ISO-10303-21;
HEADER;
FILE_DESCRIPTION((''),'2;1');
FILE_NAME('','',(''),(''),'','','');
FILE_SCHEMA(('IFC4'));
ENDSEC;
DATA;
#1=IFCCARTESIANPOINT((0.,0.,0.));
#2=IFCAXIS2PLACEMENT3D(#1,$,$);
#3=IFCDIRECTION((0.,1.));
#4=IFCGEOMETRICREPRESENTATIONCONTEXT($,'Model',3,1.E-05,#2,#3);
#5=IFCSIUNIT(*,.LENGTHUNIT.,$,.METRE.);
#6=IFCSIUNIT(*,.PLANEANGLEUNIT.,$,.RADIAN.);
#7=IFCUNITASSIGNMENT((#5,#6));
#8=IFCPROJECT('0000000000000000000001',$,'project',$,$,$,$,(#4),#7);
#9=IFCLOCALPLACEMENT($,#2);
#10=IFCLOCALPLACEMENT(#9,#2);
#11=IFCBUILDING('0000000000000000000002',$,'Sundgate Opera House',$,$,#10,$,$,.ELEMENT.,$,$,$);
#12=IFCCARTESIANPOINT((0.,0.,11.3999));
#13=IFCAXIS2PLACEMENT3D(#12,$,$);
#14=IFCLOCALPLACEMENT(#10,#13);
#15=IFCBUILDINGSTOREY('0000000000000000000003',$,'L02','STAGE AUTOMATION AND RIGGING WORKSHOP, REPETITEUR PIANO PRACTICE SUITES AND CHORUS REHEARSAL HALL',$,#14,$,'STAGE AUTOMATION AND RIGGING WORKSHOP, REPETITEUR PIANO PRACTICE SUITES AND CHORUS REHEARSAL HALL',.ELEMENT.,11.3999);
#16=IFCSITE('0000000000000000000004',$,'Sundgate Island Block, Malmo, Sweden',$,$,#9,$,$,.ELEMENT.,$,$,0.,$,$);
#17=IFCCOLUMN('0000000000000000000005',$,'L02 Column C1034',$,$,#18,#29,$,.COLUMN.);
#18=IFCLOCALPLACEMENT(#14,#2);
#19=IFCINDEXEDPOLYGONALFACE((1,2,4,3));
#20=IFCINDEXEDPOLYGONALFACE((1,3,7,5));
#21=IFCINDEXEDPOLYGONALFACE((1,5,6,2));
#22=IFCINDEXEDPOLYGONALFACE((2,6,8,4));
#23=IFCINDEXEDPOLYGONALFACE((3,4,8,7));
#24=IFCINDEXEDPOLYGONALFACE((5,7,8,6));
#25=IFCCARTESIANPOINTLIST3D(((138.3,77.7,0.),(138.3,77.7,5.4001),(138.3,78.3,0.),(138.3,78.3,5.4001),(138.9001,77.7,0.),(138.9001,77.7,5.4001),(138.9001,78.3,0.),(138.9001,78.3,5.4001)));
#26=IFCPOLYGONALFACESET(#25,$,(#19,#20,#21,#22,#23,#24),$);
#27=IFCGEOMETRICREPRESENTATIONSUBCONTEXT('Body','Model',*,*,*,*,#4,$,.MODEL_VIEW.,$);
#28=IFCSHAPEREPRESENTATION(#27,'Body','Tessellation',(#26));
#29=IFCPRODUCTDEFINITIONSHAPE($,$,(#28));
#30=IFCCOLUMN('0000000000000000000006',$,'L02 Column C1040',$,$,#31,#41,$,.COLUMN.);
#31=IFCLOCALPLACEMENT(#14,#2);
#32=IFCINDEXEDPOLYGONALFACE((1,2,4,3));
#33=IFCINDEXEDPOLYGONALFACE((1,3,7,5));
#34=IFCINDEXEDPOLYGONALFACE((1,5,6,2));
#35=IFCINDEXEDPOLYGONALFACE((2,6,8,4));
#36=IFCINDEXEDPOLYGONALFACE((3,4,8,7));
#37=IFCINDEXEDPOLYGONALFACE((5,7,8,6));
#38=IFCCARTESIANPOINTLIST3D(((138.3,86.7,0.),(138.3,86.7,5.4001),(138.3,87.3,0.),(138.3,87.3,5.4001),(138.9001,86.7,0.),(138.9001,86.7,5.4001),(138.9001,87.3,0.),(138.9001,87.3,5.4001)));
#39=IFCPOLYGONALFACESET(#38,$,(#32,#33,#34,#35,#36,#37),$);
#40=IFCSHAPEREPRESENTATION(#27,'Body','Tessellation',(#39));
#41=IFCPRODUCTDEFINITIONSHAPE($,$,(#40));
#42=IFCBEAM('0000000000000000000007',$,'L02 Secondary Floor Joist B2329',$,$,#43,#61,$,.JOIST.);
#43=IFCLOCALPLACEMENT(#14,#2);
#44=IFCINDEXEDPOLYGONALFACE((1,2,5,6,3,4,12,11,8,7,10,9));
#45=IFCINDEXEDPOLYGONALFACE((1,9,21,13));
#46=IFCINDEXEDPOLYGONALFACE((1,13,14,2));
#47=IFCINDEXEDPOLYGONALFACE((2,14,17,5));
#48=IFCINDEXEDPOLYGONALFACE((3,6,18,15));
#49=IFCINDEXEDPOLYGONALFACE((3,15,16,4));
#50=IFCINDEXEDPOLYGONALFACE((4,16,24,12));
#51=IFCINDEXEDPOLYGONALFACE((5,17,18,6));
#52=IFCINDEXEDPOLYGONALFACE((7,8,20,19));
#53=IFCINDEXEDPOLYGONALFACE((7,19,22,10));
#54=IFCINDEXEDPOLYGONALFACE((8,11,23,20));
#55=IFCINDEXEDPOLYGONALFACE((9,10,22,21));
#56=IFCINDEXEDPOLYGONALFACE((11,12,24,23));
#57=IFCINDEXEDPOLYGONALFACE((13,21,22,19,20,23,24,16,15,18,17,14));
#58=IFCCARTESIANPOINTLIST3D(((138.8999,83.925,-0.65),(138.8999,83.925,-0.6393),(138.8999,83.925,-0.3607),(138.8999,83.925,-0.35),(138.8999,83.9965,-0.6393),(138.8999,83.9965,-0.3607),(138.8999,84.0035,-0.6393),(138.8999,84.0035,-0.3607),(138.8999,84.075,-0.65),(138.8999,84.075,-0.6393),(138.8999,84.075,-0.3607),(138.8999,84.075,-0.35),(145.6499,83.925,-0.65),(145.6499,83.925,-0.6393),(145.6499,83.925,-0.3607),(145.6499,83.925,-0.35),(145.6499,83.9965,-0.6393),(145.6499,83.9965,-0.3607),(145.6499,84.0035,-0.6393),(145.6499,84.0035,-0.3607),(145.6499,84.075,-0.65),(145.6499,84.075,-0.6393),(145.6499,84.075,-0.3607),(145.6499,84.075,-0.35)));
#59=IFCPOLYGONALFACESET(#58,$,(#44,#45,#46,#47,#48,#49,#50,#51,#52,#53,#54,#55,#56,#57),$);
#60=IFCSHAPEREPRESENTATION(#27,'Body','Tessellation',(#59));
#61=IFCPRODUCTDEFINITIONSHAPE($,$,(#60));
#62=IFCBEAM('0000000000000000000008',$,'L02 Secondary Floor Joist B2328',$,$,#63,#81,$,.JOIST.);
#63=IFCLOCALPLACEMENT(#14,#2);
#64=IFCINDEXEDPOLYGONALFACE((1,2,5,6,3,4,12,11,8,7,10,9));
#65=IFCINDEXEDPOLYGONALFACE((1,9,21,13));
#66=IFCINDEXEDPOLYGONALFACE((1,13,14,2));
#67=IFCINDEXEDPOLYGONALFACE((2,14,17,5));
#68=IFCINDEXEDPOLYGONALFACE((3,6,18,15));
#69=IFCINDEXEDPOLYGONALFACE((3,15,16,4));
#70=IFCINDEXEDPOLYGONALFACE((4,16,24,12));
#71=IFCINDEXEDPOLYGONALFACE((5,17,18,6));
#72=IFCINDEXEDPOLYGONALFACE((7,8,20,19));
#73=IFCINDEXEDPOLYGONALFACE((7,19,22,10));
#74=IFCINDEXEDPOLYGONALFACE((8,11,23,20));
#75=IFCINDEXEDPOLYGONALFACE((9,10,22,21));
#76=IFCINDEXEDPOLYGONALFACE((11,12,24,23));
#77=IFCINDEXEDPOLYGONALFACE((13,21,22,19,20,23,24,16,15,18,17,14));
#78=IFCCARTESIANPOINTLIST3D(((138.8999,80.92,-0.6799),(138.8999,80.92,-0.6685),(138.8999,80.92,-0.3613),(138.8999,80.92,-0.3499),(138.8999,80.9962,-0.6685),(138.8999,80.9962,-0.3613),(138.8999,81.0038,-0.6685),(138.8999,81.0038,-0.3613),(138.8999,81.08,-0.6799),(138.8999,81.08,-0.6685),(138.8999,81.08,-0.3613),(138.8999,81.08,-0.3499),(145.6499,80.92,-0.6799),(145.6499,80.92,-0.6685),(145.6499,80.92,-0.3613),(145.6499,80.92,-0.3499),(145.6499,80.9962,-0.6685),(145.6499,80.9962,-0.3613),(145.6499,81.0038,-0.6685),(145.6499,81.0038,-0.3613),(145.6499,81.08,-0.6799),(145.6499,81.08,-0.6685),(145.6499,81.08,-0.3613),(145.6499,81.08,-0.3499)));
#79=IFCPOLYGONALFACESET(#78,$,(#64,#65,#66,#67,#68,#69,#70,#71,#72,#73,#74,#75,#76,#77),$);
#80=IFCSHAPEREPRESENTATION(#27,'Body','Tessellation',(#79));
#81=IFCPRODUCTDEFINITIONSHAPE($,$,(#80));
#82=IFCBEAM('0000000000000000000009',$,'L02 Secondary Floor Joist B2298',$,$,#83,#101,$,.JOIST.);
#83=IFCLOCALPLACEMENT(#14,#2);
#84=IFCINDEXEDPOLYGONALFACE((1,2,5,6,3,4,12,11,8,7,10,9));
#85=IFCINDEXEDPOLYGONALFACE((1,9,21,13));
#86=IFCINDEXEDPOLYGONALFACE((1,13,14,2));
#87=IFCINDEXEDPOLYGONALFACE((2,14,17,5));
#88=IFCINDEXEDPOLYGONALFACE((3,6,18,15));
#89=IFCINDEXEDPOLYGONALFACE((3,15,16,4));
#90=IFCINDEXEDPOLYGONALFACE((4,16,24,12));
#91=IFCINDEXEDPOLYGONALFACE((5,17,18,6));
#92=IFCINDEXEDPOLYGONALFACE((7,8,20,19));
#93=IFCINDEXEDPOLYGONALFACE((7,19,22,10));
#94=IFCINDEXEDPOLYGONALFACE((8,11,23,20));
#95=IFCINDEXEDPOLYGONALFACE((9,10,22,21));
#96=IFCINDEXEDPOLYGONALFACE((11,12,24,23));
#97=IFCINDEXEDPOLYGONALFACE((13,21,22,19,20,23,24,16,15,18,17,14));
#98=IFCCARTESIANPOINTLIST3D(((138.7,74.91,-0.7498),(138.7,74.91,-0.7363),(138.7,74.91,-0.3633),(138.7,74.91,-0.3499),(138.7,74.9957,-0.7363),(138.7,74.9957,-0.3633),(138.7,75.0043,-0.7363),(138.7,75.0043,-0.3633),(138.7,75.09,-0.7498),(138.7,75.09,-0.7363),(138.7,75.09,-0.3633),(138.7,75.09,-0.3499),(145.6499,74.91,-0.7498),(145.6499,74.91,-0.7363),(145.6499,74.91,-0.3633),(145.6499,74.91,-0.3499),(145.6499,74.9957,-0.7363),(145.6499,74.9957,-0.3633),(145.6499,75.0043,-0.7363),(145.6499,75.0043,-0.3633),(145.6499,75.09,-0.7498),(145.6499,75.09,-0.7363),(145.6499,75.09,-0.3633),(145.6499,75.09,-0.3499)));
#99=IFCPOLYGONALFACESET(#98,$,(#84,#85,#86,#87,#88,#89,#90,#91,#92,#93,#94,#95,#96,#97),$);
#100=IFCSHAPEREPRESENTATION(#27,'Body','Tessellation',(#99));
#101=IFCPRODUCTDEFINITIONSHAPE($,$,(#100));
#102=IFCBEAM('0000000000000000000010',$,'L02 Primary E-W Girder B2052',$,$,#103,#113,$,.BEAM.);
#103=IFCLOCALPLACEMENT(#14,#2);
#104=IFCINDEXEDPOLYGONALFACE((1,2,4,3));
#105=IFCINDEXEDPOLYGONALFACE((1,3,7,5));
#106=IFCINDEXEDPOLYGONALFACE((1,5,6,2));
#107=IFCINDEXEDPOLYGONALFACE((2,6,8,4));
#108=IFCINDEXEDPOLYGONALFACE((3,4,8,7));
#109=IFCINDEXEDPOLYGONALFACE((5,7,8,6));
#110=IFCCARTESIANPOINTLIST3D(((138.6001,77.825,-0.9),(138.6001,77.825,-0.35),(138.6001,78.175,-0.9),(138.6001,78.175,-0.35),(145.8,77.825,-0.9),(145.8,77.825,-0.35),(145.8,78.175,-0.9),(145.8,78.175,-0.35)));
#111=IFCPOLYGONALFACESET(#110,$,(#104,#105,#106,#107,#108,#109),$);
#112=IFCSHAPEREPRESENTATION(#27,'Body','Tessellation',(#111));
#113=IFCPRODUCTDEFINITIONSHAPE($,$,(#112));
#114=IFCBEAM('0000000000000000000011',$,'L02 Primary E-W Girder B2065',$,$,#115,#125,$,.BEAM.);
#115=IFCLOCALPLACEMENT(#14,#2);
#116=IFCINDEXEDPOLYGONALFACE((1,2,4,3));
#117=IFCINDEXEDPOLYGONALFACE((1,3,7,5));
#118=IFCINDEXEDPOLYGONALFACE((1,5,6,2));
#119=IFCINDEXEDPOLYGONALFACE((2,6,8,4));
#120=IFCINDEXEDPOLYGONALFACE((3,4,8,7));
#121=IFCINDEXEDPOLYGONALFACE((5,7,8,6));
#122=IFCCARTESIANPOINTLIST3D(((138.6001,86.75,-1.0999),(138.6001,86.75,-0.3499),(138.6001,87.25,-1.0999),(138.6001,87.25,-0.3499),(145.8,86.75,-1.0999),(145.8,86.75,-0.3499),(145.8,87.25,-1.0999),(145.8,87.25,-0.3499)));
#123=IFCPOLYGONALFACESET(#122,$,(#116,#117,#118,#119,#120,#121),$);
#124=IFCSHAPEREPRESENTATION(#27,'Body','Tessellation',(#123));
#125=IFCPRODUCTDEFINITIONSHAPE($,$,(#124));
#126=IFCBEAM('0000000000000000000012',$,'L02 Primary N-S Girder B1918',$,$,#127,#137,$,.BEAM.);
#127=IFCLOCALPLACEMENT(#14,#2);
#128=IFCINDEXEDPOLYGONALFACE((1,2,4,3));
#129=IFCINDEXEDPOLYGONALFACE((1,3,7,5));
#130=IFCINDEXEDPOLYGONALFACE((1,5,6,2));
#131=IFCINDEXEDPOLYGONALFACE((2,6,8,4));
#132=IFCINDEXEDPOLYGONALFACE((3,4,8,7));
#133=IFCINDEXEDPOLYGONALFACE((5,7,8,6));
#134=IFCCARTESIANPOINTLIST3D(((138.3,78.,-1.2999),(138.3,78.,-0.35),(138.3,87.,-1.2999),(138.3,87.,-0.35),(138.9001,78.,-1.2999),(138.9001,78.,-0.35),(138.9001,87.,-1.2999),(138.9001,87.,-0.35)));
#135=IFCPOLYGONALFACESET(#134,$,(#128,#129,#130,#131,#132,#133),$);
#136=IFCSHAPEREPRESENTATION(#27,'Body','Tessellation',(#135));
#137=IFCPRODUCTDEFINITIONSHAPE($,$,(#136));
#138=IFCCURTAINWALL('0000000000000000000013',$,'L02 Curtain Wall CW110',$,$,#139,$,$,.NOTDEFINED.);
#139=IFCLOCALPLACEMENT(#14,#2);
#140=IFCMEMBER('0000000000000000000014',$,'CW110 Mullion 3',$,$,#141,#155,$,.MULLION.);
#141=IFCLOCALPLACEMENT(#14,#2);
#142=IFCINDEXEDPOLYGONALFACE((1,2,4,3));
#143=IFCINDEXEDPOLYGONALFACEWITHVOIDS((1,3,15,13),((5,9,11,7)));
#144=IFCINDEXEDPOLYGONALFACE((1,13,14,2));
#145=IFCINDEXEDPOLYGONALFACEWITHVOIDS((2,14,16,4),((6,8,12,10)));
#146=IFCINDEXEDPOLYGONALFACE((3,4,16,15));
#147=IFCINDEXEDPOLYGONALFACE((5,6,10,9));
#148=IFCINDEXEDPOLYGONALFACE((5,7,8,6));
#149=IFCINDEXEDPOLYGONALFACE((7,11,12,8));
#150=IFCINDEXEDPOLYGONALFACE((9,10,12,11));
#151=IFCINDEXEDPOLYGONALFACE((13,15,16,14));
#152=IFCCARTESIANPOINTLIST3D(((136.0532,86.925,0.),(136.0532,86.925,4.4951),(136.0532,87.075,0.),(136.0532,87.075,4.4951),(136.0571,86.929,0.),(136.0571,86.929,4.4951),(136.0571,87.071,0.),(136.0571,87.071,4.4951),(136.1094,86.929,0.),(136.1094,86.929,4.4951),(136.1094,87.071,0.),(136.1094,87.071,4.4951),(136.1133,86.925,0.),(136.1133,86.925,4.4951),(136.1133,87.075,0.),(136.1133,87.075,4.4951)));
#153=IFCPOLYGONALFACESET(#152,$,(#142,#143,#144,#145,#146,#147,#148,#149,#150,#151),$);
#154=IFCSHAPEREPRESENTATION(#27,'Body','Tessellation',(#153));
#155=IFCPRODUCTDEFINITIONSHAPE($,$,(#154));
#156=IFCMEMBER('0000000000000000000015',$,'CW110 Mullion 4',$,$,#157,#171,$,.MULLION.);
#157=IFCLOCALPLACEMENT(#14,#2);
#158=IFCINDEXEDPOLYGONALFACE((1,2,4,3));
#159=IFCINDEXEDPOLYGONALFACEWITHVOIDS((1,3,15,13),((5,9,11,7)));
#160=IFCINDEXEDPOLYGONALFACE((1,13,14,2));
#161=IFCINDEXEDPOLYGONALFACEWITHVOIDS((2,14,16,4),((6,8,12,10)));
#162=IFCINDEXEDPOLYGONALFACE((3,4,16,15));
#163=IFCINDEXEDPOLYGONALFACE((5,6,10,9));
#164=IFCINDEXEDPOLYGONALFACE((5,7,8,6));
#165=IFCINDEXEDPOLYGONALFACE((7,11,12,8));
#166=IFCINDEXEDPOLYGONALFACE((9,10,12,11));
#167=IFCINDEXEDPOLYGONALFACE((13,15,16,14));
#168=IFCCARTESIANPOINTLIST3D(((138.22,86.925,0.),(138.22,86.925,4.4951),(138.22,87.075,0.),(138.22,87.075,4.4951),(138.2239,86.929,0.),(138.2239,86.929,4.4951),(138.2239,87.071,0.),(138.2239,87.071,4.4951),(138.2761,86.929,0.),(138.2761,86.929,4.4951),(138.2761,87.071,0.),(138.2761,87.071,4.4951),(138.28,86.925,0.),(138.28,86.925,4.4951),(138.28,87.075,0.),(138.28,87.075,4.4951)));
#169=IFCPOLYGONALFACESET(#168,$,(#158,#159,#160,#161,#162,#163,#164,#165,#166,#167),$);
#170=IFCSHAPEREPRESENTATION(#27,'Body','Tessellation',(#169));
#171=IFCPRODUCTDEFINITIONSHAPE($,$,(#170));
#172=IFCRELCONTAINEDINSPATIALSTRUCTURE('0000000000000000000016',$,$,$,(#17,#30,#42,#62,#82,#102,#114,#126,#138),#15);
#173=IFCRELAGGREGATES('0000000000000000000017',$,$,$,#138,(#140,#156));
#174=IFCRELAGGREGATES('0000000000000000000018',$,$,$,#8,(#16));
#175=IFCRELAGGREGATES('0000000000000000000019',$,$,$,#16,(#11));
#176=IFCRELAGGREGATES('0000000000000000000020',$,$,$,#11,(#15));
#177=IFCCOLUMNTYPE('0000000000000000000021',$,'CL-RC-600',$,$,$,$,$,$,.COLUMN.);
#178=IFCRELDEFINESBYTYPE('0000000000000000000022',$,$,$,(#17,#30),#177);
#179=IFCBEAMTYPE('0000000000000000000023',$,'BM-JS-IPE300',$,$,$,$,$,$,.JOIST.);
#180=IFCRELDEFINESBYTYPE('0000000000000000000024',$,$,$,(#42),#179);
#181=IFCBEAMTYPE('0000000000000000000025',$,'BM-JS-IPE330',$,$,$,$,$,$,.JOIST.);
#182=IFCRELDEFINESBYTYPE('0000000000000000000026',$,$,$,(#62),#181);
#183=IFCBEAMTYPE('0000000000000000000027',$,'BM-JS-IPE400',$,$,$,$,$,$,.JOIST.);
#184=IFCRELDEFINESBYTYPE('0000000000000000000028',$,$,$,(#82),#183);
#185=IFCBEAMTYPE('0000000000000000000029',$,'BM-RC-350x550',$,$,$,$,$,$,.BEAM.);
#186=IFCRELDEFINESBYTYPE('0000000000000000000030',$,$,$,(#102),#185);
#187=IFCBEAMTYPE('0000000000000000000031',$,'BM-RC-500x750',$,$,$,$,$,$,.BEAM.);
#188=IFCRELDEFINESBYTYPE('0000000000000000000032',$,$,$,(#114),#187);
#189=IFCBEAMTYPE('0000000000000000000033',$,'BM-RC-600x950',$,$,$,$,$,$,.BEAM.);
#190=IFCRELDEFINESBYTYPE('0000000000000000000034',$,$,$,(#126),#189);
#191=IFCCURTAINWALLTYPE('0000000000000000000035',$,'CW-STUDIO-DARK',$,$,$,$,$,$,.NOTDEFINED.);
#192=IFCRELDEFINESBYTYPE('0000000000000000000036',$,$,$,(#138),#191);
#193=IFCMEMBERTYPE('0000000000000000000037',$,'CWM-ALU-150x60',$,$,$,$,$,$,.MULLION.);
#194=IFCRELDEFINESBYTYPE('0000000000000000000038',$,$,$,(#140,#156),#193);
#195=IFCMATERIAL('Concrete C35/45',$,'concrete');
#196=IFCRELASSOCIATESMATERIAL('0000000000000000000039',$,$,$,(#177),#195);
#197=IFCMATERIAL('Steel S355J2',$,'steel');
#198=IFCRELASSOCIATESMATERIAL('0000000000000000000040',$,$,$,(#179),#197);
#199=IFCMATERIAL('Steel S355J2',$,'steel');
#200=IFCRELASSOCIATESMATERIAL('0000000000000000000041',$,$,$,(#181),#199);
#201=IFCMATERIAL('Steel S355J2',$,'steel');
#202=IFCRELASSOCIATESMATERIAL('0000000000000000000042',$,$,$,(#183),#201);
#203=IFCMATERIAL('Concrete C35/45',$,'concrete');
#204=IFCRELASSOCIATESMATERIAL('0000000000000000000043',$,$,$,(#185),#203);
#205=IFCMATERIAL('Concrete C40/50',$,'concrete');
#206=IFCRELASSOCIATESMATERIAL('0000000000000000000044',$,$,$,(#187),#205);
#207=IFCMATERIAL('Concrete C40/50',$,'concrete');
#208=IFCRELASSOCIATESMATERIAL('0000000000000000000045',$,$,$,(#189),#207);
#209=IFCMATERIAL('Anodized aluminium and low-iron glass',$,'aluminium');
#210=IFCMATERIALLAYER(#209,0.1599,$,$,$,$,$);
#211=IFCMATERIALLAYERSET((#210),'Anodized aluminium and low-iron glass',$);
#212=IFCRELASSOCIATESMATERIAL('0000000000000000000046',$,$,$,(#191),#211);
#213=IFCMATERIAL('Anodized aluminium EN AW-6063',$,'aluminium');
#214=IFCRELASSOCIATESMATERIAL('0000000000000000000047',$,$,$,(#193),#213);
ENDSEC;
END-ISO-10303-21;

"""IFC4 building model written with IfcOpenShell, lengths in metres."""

from ifc_helpers import new_model, si_unit, direction, frame, origin, origin_2d, place, context, subcontext, project, spatial, rectangle, hollow_rectangle, i_section, extrude, material, layer, layer_set, material_profile, profile_set, type_object, element, aggregate, save


model = new_model("IFC4")

# Units and contexts
model_context = context("Model", 3, precision=1e-05, world=origin(), true_north=direction((0.0, 1.0)))
body_context = subcontext(model_context, "Body", "Model", "MODEL_VIEW")
ifc_project = project(units=[si_unit("LENGTHUNIT", "METRE"), si_unit("PLANEANGLEUNIT", "RADIAN")], contexts=[model_context])

# Site, building, storey
site_placement = place(None, origin())
site = spatial("IfcSite", under=ifc_project, at=site_placement, Name="Sundgate Island Block, Malmo, Sweden", CompositionType="ELEMENT", RefElevation=0.0)
building_placement = place(site_placement, origin())
building = spatial("IfcBuilding", under=site, at=building_placement, Name="Sundgate Opera House", CompositionType="ELEMENT")
storey_placement = place(building_placement, frame((0.0, 0.0, 11.3999)))
storey = spatial("IfcBuildingStorey", under=building, at=storey_placement, Name="L02", Description="STAGE AUTOMATION AND RIGGING WORKSHOP, REPETITEUR PIANO PRACTICE SUITES AND CHORUS REHEARSAL HALL", LongName="STAGE AUTOMATION AND RIGGING WORKSHOP, REPETITEUR PIANO PRACTICE SUITES AND CHORUS REHEARSAL HALL", CompositionType="ELEMENT", Elevation=11.3999)

# Columns
ifc_material_1 = material(Name="Concrete C35/45", Category="concrete")
ifc_material_profile_1 = material_profile(ifc_material_1, rectangle(XDim=0.6001, YDim=0.6001, at=origin_2d()), Name="RC 600x600")
ifc_profile_set_1 = profile_set([ifc_material_profile_1], Name="Concrete C35/45")
column_type = type_object("IfcColumnType", Name="CL-RC-600", PredefinedType="COLUMN", material=ifc_profile_set_1)
for number, where, z_axis, x_axis, name in (
    (1, (138.6001, 78.0, 0.0), (0.0, 0.0, 1.0), (1.0, 0.0, 0.0), "L02 Column C1034"),
    (2, (138.6001, 87.0, 0.0), (0.0, 0.0, 1.0), (1.0, 0.0, 0.0), "L02 Column C1040"),
):
    element("IfcColumn", number, at=place(storey_placement, frame(where, z_axis=z_axis, x_axis=x_axis)), inside=storey, type_object=column_type, Name=name, PredefinedType="COLUMN", context=body_context, shape_type="SweptSolid", body=[
        extrude(rectangle(XDim=0.6001, YDim=0.6001, at=origin_2d()), origin(), (0.0, 0.0, 1.0), 5.4001),
    ])

# Beams
ifc_material_2 = material(Name="Steel S355J2", Category="steel")
ifc_material_profile_2 = material_profile(ifc_material_2, i_section(OverallWidth=0.1499, OverallDepth=0.3, WebThickness=0.0071, FlangeThickness=0.0107, at=origin_2d()), Name="IPE 300")
ifc_profile_set_2 = profile_set([ifc_material_profile_2], Name="Steel S355J2")
beam_type_1 = type_object("IfcBeamType", Name="BM-JS-IPE300", PredefinedType="JOIST", material=ifc_profile_set_2)
beam_1_placement = place(storey_placement, frame((138.8999, 84.0, -0.5), z_axis=(1.0, 0.0, 0.0), x_axis=(0.0, 1.0, 0.0)))
element("IfcBeam", 3, at=beam_1_placement, inside=storey, type_object=beam_type_1, Name="L02 Secondary Floor Joist B2329", PredefinedType="JOIST", context=body_context, shape_type="SweptSolid", body=[
    extrude(i_section(OverallWidth=0.1499, OverallDepth=0.3, WebThickness=0.0071, FlangeThickness=0.0107, at=origin_2d()), origin(), (0.0, 0.0, 1.0), 6.75),
])
ifc_material_3 = material(Name="Steel S355J2", Category="steel")
ifc_material_profile_3 = material_profile(ifc_material_3, i_section(OverallWidth=0.1599, OverallDepth=0.3301, WebThickness=0.0076, FlangeThickness=0.0115, at=origin_2d()), Name="IPE 330")
ifc_profile_set_3 = profile_set([ifc_material_profile_3], Name="Steel S355J2")
beam_type_2 = type_object("IfcBeamType", Name="BM-JS-IPE330", PredefinedType="JOIST", material=ifc_profile_set_3)
beam_2_placement = place(storey_placement, frame((138.8999, 81.0, -0.5149), z_axis=(1.0, 0.0, 0.0), x_axis=(0.0, 1.0, 0.0)))
element("IfcBeam", 4, at=beam_2_placement, inside=storey, type_object=beam_type_2, Name="L02 Secondary Floor Joist B2328", PredefinedType="JOIST", context=body_context, shape_type="SweptSolid", body=[
    extrude(i_section(OverallWidth=0.1599, OverallDepth=0.3301, WebThickness=0.0076, FlangeThickness=0.0115, at=origin_2d()), origin(), (0.0, 0.0, 1.0), 6.75),
])
ifc_material_4 = material(Name="Steel S355J2", Category="steel")
ifc_material_profile_4 = material_profile(ifc_material_4, i_section(OverallWidth=0.1799, OverallDepth=0.3999, WebThickness=0.0085, FlangeThickness=0.0134, at=origin_2d()), Name="IPE 400")
ifc_profile_set_4 = profile_set([ifc_material_profile_4], Name="Steel S355J2")
beam_type_3 = type_object("IfcBeamType", Name="BM-JS-IPE400", PredefinedType="JOIST", material=ifc_profile_set_4)
beam_3_placement = place(storey_placement, frame((138.7, 75.0, -0.5498), z_axis=(1.0, 0.0, 0.0), x_axis=(0.0, 1.0, 0.0)))
element("IfcBeam", 5, at=beam_3_placement, inside=storey, type_object=beam_type_3, Name="L02 Secondary Floor Joist B2298", PredefinedType="JOIST", context=body_context, shape_type="SweptSolid", body=[
    extrude(i_section(OverallWidth=0.1799, OverallDepth=0.3999, WebThickness=0.0085, FlangeThickness=0.0134, at=origin_2d()), origin(), (0.0, 0.0, 1.0), 6.95),
])
ifc_material_5 = material(Name="Concrete C35/45", Category="concrete")
ifc_material_profile_5 = material_profile(ifc_material_5, rectangle(XDim=0.3501, YDim=0.55, at=origin_2d()), Name="RC 350x550")
ifc_profile_set_5 = profile_set([ifc_material_profile_5], Name="Concrete C35/45")
beam_type_4 = type_object("IfcBeamType", Name="BM-RC-350x550", PredefinedType="BEAM", material=ifc_profile_set_5)
beam_4_placement = place(storey_placement, frame((138.6001, 78.0, -0.625), z_axis=(1.0, 0.0, 0.0), x_axis=(0.0, 1.0, 0.0)))
element("IfcBeam", 6, at=beam_4_placement, inside=storey, type_object=beam_type_4, Name="L02 Primary E-W Girder B2052", PredefinedType="BEAM", context=body_context, shape_type="SweptSolid", body=[
    extrude(rectangle(XDim=0.3501, YDim=0.55, at=origin_2d()), origin(), (0.0, 0.0, 1.0), 7.2),
])
ifc_material_6 = material(Name="Concrete C40/50", Category="concrete")
ifc_material_profile_6 = material_profile(ifc_material_6, rectangle(XDim=0.5, YDim=0.75, at=origin_2d()), Name="RC 500x750")
ifc_profile_set_6 = profile_set([ifc_material_profile_6], Name="Concrete C40/50")
beam_type_5 = type_object("IfcBeamType", Name="BM-RC-500x750", PredefinedType="BEAM", material=ifc_profile_set_6)
beam_5_placement = place(storey_placement, frame((138.6001, 87.0, -0.7249), z_axis=(1.0, 0.0, 0.0), x_axis=(0.0, 1.0, 0.0)))
element("IfcBeam", 7, at=beam_5_placement, inside=storey, type_object=beam_type_5, Name="L02 Primary E-W Girder B2065", PredefinedType="BEAM", context=body_context, shape_type="SweptSolid", body=[
    extrude(rectangle(XDim=0.5, YDim=0.75, at=origin_2d()), origin(), (0.0, 0.0, 1.0), 7.2),
])
ifc_material_7 = material(Name="Concrete C40/50", Category="concrete")
ifc_material_profile_7 = material_profile(ifc_material_7, rectangle(XDim=0.6001, YDim=0.95, at=origin_2d()), Name="RC 600x950")
ifc_profile_set_7 = profile_set([ifc_material_profile_7], Name="Concrete C40/50")
beam_type_6 = type_object("IfcBeamType", Name="BM-RC-600x950", PredefinedType="BEAM", material=ifc_profile_set_7)
beam_6_placement = place(storey_placement, frame((138.6001, 78.0, -0.825), z_axis=(0.0, 1.0, 0.0), x_axis=(-1.0, 0.0, 0.0)))
element("IfcBeam", 8, at=beam_6_placement, inside=storey, type_object=beam_type_6, Name="L02 Primary N-S Girder B1918", PredefinedType="BEAM", context=body_context, shape_type="SweptSolid", body=[
    extrude(rectangle(XDim=0.6001, YDim=0.95, at=origin_2d()), origin(), (0.0, 0.0, 1.0), 9.0),
])

# Curtain wall, members
ifc_material_8 = material(Name="Anodized aluminium and low-iron glass", Category="aluminium")
ifc_layer_1 = layer(ifc_material_8, 0.1599)
ifc_layer_set_1 = layer_set([ifc_layer_1], Name="Anodized aluminium and low-iron glass")
curtain_wall_type = type_object("IfcCurtainWallType", Name="CW-STUDIO-DARK", PredefinedType="NOTDEFINED", material=ifc_layer_set_1)
curtain_wall_1_placement = place(storey_placement, origin())
curtain_wall_1 = element("IfcCurtainWall", 9, at=curtain_wall_1_placement, inside=storey, type_object=curtain_wall_type, Name="L02 Curtain Wall CW110", PredefinedType="NOTDEFINED")
ifc_material_9 = material(Name="Anodized aluminium EN AW-6063", Category="aluminium")
ifc_material_profile_8 = material_profile(ifc_material_9, hollow_rectangle(XDim=0.0601, YDim=0.1499, WallThickness=0.0039, at=origin_2d()), Name="CWM 150x60x4")
ifc_profile_set_8 = profile_set([ifc_material_profile_8], Name="Anodized aluminium EN AW-6063")
member_type_1 = type_object("IfcMemberType", Name="CWM-ALU-150x60", PredefinedType="MULLION", material=ifc_profile_set_8)
member_1_placement = place(storey_placement, frame((136.0833, 87.0, 0.0), z_axis=(0.0, 0.0, 1.0), x_axis=(1.0, 0.0, 0.0)))
member_1 = element("IfcMember", 10, at=member_1_placement, type_object=member_type_1, Name="CW110 Mullion 3", PredefinedType="MULLION", context=body_context, shape_type="SweptSolid", body=[
    extrude(hollow_rectangle(XDim=0.0601, YDim=0.1499, WallThickness=0.0039, at=origin_2d()), origin(), (0.0, 0.0, 1.0), 4.4951),
])
member_2_placement = place(storey_placement, frame((138.25, 87.0, 0.0), z_axis=(0.0, 0.0, 1.0), x_axis=(1.0, 0.0, 0.0)))
member_2 = element("IfcMember", 11, at=member_2_placement, type_object=member_type_1, Name="CW110 Mullion 4", PredefinedType="MULLION", context=body_context, shape_type="SweptSolid", body=[
    extrude(hollow_rectangle(XDim=0.0601, YDim=0.1499, WallThickness=0.0039, at=origin_2d()), origin(), (0.0, 0.0, 1.0), 4.4951),
])

aggregate(curtain_wall_1, [member_1, member_2])

save(model, "model.ifc")
